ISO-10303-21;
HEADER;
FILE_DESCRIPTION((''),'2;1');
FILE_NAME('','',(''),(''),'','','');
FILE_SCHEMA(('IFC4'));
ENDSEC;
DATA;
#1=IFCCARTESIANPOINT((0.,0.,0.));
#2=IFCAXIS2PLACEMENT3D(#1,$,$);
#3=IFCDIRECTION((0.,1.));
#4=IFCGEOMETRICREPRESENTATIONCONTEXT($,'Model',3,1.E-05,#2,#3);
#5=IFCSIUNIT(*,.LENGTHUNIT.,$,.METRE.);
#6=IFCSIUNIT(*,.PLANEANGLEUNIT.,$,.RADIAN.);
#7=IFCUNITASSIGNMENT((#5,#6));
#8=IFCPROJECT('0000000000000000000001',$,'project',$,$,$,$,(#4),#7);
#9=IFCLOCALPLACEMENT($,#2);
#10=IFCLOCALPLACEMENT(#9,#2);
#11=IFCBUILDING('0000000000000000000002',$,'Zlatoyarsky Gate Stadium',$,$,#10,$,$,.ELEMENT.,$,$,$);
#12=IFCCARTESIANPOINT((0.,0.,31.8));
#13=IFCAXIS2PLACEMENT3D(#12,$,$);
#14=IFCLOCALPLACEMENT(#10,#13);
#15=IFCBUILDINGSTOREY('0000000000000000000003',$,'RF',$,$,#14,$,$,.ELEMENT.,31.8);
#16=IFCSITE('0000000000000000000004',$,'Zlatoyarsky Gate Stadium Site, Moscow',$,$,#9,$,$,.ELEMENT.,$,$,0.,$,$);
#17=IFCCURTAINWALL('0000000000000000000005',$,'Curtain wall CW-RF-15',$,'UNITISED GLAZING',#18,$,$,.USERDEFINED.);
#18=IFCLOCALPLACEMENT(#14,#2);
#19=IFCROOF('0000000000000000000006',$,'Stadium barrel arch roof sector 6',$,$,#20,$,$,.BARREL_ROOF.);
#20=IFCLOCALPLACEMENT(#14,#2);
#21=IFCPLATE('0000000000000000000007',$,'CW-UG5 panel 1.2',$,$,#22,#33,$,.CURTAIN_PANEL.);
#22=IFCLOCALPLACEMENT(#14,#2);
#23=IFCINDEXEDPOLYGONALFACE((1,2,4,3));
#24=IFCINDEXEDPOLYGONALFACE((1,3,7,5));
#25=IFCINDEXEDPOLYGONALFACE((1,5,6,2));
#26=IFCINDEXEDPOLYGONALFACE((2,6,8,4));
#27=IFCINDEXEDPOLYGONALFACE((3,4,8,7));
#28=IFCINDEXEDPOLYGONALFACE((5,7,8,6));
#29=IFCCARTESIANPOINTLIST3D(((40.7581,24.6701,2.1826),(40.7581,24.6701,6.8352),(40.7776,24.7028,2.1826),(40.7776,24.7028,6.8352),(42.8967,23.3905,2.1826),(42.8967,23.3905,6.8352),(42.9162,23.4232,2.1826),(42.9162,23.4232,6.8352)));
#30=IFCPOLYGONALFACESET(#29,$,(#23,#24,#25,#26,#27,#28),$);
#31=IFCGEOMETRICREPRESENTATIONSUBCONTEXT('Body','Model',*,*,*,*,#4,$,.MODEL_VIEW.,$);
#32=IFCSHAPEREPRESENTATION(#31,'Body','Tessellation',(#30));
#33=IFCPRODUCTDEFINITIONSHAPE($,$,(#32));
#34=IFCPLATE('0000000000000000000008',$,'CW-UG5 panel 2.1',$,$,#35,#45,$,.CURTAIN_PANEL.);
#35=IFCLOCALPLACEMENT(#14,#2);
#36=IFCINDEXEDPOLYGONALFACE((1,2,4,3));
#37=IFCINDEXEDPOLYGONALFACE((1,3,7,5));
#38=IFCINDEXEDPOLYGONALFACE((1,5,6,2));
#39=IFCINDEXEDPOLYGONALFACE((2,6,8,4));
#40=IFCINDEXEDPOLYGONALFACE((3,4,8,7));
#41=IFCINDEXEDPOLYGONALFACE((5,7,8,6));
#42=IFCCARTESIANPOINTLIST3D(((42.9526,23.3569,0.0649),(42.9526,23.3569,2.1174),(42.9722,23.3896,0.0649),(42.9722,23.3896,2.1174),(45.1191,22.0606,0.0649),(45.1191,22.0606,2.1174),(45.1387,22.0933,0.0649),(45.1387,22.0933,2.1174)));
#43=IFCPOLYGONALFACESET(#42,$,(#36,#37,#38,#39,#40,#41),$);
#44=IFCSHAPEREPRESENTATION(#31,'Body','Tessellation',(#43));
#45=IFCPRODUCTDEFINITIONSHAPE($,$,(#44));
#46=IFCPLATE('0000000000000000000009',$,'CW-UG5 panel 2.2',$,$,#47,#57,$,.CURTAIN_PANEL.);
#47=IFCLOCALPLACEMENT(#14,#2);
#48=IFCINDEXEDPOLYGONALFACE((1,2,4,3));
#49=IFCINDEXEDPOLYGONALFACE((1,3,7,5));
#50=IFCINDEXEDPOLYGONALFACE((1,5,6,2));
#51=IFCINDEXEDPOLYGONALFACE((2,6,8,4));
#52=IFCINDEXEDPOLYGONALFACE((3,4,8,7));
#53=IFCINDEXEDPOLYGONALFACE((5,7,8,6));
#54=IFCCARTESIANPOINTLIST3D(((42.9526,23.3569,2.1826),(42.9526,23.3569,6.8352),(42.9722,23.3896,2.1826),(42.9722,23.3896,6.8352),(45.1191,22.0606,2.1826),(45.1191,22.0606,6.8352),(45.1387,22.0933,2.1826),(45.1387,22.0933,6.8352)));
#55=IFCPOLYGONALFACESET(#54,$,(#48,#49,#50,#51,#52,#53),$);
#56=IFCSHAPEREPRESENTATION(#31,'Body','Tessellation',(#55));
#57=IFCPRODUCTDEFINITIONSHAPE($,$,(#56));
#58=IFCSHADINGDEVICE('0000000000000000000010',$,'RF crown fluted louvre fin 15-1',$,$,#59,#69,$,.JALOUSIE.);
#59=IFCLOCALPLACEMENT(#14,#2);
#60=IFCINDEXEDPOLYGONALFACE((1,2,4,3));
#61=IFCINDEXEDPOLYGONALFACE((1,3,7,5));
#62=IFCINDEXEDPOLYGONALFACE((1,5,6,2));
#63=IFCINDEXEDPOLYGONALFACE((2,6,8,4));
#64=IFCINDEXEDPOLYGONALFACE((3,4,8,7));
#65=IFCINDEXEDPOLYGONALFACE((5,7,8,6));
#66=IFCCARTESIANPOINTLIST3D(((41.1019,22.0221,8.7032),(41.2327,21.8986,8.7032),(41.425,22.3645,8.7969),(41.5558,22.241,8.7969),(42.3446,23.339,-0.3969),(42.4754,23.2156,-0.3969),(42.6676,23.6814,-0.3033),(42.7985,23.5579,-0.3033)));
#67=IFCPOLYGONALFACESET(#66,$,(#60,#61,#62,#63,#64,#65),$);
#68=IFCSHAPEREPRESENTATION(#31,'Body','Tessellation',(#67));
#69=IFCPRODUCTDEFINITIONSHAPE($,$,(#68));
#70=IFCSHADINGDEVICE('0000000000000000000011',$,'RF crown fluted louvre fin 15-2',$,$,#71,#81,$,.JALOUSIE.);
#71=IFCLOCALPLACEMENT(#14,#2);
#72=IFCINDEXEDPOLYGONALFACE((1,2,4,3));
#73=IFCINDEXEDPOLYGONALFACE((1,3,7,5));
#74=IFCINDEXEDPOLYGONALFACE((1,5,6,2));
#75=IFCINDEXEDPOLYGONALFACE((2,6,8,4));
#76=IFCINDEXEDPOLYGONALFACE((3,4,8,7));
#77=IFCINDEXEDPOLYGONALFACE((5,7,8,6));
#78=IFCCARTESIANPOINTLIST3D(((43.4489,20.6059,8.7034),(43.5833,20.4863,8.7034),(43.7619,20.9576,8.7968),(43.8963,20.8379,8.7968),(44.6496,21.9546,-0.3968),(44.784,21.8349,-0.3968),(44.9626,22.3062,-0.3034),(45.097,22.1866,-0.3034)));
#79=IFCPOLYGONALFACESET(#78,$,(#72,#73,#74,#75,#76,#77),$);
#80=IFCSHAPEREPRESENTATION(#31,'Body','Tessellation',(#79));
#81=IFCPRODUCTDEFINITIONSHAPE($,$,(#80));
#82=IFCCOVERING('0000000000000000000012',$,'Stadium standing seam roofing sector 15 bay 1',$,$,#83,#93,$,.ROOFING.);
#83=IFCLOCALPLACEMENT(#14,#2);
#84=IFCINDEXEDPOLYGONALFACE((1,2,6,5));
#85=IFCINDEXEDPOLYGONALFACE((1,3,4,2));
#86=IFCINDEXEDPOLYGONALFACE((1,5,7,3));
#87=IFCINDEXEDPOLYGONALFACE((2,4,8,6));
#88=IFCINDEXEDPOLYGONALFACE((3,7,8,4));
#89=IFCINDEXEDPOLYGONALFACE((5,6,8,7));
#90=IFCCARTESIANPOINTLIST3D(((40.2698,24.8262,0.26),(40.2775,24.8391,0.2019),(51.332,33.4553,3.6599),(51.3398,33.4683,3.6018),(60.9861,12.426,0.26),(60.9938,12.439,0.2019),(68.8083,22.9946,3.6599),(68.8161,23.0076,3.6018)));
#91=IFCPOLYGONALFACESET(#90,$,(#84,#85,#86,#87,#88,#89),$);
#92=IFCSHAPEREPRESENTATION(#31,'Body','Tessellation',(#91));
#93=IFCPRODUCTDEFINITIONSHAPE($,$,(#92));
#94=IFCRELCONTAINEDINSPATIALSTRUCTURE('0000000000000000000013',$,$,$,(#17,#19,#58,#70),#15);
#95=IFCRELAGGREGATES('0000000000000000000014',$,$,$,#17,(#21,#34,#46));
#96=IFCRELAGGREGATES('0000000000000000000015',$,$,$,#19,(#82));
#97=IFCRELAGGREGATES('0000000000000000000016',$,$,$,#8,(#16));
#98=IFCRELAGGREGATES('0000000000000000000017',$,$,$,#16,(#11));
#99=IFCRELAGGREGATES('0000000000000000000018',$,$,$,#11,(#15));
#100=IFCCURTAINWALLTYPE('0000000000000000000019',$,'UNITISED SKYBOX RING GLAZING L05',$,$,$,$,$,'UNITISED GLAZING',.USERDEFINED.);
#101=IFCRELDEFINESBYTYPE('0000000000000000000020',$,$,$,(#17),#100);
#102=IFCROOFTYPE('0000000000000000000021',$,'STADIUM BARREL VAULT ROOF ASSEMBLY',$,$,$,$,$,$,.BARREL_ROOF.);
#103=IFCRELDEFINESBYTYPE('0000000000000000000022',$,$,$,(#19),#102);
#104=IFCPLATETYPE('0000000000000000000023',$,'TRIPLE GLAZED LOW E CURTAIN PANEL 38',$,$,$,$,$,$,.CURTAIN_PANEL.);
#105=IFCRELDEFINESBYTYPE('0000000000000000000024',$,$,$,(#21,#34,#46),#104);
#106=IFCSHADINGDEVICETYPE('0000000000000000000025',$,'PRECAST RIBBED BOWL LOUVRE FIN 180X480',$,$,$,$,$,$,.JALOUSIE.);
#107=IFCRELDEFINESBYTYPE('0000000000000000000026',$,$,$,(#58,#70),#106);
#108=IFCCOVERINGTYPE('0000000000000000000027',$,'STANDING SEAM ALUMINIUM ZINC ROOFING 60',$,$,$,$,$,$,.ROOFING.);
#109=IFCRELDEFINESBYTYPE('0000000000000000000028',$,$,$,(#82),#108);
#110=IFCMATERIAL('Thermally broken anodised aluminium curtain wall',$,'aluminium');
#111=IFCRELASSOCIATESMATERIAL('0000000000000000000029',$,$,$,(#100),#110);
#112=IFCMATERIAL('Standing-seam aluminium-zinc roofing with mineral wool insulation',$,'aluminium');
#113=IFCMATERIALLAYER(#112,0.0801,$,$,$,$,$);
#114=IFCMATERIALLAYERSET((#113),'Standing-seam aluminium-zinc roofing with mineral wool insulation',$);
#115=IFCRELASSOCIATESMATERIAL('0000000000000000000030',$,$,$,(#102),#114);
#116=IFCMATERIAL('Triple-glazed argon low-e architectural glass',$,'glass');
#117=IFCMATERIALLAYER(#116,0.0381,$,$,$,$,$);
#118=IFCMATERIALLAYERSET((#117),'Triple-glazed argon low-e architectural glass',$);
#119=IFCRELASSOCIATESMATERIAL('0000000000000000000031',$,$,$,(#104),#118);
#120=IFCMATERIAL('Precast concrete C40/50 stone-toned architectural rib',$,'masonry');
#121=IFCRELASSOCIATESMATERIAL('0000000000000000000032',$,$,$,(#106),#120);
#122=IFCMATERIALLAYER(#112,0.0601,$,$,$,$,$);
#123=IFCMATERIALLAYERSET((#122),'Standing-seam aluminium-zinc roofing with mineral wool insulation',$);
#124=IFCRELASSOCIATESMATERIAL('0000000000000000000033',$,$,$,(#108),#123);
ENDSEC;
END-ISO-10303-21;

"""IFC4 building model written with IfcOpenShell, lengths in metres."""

from ifc_helpers import new_model, si_unit, direction, frame, origin, origin_2d, place, context, subcontext, project, spatial, polyline, rectangle, outline, extrude, material, layer, layer_set, material_profile, profile_set, type_object, element, aggregate, save


model = new_model("IFC4")

# Units and contexts
model_context = context("Model", 3, precision=1e-05, world=origin(), true_north=direction((0.0, 1.0)))
body_context = subcontext(model_context, "Body", "Model", "MODEL_VIEW")
ifc_project = project(units=[si_unit("LENGTHUNIT", "METRE"), si_unit("PLANEANGLEUNIT", "RADIAN")], contexts=[model_context])

# Site, building, storey
site_placement = place(None, origin())
site = spatial("IfcSite", under=ifc_project, at=site_placement, Name="Zlatoyarsky Gate Stadium Site, Moscow", CompositionType="ELEMENT", RefElevation=0.0)
building_placement = place(site_placement, origin())
building = spatial("IfcBuilding", under=site, at=building_placement, Name="Zlatoyarsky Gate Stadium", CompositionType="ELEMENT")
storey_placement = place(building_placement, frame((0.0, 0.0, 31.8)))
storey = spatial("IfcBuildingStorey", under=building, at=storey_placement, Name="RF", CompositionType="ELEMENT", Elevation=31.8)

# Curtain wall
ifc_material_1 = material(Name="Thermally broken anodised aluminium curtain wall", Category="aluminium")
curtain_wall_type = type_object("IfcCurtainWallType", Name="UNITISED SKYBOX RING GLAZING L05", ElementType="UNITISED GLAZING", PredefinedType="USERDEFINED", material=ifc_material_1)
curtain_wall_placement = place(storey_placement, origin())
curtain_wall = element("IfcCurtainWall", 1, at=curtain_wall_placement, inside=storey, type_object=curtain_wall_type, Name="Curtain wall CW-RF-15", ObjectType="UNITISED GLAZING", PredefinedType="USERDEFINED")

# Roof
ifc_material_2 = material(Name="Standing-seam aluminium-zinc roofing with mineral wool insulation", Category="aluminium")
ifc_layer_1 = layer(ifc_material_2, 0.0801)
ifc_layer_set_1 = layer_set([ifc_layer_1], Name="Standing-seam aluminium-zinc roofing with mineral wool insulation")
roof_type = type_object("IfcRoofType", Name="STADIUM BARREL VAULT ROOF ASSEMBLY", PredefinedType="BARREL_ROOF", material=ifc_layer_set_1)
roof_placement = place(storey_placement, origin())
roof = element("IfcRoof", 2, at=roof_placement, inside=storey, type_object=roof_type, Name="Stadium barrel arch roof sector 6", PredefinedType="BARREL_ROOF")

# Plates
ifc_material_3 = material(Name="Triple-glazed argon low-e architectural glass", Category="glass")
ifc_layer_2 = layer(ifc_material_3, 0.0381)
ifc_layer_set_2 = layer_set([ifc_layer_2], Name="Triple-glazed argon low-e architectural glass")
plate_type = type_object("IfcPlateType", Name="TRIPLE GLAZED LOW E CURTAIN PANEL 38", PredefinedType="CURTAIN_PANEL", material=ifc_layer_set_2)
plate_1_placement = place(storey_placement, frame((41.8372, 24.0466, 2.1826), z_axis=(0.0, 0.0, 1.0), x_axis=(0.858128, -0.513436, 0.0)))
plate_1 = element("IfcPlate", 3, at=plate_1_placement, type_object=plate_type, Name="CW-UG5 panel 1.2", PredefinedType="CURTAIN_PANEL", context=body_context, shape_type="SweptSolid", body=[
    extrude(rectangle(XDim=2.4922, YDim=0.0381, at=origin_2d()), origin(), (0.0, 0.0, 1.0), 4.6526),
])
plate_2_placement = place(storey_placement, frame((44.0457, 22.7251, 0.0649), z_axis=(0.0, 0.0, 1.0), x_axis=(0.858128, -0.513436, 0.0)))
plate_2 = element("IfcPlate", 4, at=plate_2_placement, type_object=plate_type, Name="CW-UG5 panel 2.1", PredefinedType="CURTAIN_PANEL", context=body_context, shape_type="SweptSolid", body=[
    extrude(rectangle(XDim=2.5247, YDim=0.0381, at=origin_2d()), origin(), (0.0, 0.0, 1.0), 2.0525),
])
plate_3_placement = place(storey_placement, frame((44.0457, 22.7251, 2.1826), z_axis=(0.0, 0.0, 1.0), x_axis=(0.858128, -0.513436, 0.0)))
plate_3 = element("IfcPlate", 5, at=plate_3_placement, type_object=plate_type, Name="CW-UG5 panel 2.2", PredefinedType="CURTAIN_PANEL", context=body_context, shape_type="SweptSolid", body=[
    extrude(rectangle(XDim=2.5247, YDim=0.0381, at=origin_2d()), origin(), (0.0, 0.0, 1.0), 4.6526),
])
aggregate(curtain_wall, [plate_1, plate_2, plate_3])

# Shading devices
ifc_material_4 = material(Name="Precast concrete C40/50 stone-toned architectural rib", Category="masonry")
ifc_material_profile_1 = material_profile(ifc_material_4, rectangle(XDim=0.1799, YDim=0.48, at=origin_2d()), Name="RIB 180X480")
ifc_profile_set_1 = profile_set([ifc_material_profile_1], Name="Precast concrete C40/50 stone-toned architectural rib")
shading_device_type = type_object("IfcShadingDeviceType", Name="PRECAST RIBBED BOWL LOUVRE FIN 180X480", PredefinedType="JALOUSIE", material=ifc_profile_set_1)
shading_device_1_placement = place(storey_placement, frame((42.5715, 23.4485, -0.3501), z_axis=(-0.133931, -0.14193, 0.980774), x_axis=(0.727305, -0.686315, 0.0)))
element("IfcShadingDevice", 6, at=shading_device_1_placement, inside=storey, type_object=shading_device_type, Name="RF crown fluted louvre fin 15-1", PredefinedType="JALOUSIE", context=body_context, shape_type="SweptSolid", body=[
    extrude(rectangle(XDim=0.1799, YDim=0.48, at=origin_2d()), origin(), (0.0, 0.0, 1.0), 9.2786),
])
shading_device_2_placement = place(storey_placement, frame((44.8733, 22.0706, -0.3501), z_axis=(-0.129419, -0.145366, 0.980877), x_axis=(0.746887, -0.664951, 0.0)))
element("IfcShadingDevice", 7, at=shading_device_2_placement, inside=storey, type_object=shading_device_type, Name="RF crown fluted louvre fin 15-2", PredefinedType="JALOUSIE", context=body_context, shape_type="SweptSolid", body=[
    extrude(rectangle(XDim=0.1799, YDim=0.48, at=origin_2d()), origin(), (0.0, 0.0, 1.0), 9.2776),
])

# Covering
ifc_layer_3 = layer(ifc_material_2, 0.0601)
ifc_layer_set_3 = layer_set([ifc_layer_3], Name="Standing-seam aluminium-zinc roofing with mineral wool insulation")
covering_type = type_object("IfcCoveringType", Name="STANDING SEAM ALUMINIUM ZINC ROOFING 60", PredefinedType="ROOFING", material=ifc_layer_set_3)
covering_placement = place(storey_placement, frame((40.2698, 24.8262, 0.26), z_axis=(-0.129153, -0.21577, 0.967865), x_axis=(0.858034, -0.513593, 0.0)))
covering = element("IfcCovering", 8, at=covering_placement, type_object=covering_type, Name="Stadium standing seam roofing sector 15 bay 1", PredefinedType="ROOFING", context=body_context, shape_type="SweptSolid", body=[
    extrude(outline(polyline([(0.0, 0.0), (24.1439, 0.0), (25.4277, 13.5201), (5.0599, 13.5201), (0.0, 0.0)])), origin(), (0.0, 0.0, -1.0), 0.0601),
])
aggregate(roof, [covering])

save(model, "model.ifc")
